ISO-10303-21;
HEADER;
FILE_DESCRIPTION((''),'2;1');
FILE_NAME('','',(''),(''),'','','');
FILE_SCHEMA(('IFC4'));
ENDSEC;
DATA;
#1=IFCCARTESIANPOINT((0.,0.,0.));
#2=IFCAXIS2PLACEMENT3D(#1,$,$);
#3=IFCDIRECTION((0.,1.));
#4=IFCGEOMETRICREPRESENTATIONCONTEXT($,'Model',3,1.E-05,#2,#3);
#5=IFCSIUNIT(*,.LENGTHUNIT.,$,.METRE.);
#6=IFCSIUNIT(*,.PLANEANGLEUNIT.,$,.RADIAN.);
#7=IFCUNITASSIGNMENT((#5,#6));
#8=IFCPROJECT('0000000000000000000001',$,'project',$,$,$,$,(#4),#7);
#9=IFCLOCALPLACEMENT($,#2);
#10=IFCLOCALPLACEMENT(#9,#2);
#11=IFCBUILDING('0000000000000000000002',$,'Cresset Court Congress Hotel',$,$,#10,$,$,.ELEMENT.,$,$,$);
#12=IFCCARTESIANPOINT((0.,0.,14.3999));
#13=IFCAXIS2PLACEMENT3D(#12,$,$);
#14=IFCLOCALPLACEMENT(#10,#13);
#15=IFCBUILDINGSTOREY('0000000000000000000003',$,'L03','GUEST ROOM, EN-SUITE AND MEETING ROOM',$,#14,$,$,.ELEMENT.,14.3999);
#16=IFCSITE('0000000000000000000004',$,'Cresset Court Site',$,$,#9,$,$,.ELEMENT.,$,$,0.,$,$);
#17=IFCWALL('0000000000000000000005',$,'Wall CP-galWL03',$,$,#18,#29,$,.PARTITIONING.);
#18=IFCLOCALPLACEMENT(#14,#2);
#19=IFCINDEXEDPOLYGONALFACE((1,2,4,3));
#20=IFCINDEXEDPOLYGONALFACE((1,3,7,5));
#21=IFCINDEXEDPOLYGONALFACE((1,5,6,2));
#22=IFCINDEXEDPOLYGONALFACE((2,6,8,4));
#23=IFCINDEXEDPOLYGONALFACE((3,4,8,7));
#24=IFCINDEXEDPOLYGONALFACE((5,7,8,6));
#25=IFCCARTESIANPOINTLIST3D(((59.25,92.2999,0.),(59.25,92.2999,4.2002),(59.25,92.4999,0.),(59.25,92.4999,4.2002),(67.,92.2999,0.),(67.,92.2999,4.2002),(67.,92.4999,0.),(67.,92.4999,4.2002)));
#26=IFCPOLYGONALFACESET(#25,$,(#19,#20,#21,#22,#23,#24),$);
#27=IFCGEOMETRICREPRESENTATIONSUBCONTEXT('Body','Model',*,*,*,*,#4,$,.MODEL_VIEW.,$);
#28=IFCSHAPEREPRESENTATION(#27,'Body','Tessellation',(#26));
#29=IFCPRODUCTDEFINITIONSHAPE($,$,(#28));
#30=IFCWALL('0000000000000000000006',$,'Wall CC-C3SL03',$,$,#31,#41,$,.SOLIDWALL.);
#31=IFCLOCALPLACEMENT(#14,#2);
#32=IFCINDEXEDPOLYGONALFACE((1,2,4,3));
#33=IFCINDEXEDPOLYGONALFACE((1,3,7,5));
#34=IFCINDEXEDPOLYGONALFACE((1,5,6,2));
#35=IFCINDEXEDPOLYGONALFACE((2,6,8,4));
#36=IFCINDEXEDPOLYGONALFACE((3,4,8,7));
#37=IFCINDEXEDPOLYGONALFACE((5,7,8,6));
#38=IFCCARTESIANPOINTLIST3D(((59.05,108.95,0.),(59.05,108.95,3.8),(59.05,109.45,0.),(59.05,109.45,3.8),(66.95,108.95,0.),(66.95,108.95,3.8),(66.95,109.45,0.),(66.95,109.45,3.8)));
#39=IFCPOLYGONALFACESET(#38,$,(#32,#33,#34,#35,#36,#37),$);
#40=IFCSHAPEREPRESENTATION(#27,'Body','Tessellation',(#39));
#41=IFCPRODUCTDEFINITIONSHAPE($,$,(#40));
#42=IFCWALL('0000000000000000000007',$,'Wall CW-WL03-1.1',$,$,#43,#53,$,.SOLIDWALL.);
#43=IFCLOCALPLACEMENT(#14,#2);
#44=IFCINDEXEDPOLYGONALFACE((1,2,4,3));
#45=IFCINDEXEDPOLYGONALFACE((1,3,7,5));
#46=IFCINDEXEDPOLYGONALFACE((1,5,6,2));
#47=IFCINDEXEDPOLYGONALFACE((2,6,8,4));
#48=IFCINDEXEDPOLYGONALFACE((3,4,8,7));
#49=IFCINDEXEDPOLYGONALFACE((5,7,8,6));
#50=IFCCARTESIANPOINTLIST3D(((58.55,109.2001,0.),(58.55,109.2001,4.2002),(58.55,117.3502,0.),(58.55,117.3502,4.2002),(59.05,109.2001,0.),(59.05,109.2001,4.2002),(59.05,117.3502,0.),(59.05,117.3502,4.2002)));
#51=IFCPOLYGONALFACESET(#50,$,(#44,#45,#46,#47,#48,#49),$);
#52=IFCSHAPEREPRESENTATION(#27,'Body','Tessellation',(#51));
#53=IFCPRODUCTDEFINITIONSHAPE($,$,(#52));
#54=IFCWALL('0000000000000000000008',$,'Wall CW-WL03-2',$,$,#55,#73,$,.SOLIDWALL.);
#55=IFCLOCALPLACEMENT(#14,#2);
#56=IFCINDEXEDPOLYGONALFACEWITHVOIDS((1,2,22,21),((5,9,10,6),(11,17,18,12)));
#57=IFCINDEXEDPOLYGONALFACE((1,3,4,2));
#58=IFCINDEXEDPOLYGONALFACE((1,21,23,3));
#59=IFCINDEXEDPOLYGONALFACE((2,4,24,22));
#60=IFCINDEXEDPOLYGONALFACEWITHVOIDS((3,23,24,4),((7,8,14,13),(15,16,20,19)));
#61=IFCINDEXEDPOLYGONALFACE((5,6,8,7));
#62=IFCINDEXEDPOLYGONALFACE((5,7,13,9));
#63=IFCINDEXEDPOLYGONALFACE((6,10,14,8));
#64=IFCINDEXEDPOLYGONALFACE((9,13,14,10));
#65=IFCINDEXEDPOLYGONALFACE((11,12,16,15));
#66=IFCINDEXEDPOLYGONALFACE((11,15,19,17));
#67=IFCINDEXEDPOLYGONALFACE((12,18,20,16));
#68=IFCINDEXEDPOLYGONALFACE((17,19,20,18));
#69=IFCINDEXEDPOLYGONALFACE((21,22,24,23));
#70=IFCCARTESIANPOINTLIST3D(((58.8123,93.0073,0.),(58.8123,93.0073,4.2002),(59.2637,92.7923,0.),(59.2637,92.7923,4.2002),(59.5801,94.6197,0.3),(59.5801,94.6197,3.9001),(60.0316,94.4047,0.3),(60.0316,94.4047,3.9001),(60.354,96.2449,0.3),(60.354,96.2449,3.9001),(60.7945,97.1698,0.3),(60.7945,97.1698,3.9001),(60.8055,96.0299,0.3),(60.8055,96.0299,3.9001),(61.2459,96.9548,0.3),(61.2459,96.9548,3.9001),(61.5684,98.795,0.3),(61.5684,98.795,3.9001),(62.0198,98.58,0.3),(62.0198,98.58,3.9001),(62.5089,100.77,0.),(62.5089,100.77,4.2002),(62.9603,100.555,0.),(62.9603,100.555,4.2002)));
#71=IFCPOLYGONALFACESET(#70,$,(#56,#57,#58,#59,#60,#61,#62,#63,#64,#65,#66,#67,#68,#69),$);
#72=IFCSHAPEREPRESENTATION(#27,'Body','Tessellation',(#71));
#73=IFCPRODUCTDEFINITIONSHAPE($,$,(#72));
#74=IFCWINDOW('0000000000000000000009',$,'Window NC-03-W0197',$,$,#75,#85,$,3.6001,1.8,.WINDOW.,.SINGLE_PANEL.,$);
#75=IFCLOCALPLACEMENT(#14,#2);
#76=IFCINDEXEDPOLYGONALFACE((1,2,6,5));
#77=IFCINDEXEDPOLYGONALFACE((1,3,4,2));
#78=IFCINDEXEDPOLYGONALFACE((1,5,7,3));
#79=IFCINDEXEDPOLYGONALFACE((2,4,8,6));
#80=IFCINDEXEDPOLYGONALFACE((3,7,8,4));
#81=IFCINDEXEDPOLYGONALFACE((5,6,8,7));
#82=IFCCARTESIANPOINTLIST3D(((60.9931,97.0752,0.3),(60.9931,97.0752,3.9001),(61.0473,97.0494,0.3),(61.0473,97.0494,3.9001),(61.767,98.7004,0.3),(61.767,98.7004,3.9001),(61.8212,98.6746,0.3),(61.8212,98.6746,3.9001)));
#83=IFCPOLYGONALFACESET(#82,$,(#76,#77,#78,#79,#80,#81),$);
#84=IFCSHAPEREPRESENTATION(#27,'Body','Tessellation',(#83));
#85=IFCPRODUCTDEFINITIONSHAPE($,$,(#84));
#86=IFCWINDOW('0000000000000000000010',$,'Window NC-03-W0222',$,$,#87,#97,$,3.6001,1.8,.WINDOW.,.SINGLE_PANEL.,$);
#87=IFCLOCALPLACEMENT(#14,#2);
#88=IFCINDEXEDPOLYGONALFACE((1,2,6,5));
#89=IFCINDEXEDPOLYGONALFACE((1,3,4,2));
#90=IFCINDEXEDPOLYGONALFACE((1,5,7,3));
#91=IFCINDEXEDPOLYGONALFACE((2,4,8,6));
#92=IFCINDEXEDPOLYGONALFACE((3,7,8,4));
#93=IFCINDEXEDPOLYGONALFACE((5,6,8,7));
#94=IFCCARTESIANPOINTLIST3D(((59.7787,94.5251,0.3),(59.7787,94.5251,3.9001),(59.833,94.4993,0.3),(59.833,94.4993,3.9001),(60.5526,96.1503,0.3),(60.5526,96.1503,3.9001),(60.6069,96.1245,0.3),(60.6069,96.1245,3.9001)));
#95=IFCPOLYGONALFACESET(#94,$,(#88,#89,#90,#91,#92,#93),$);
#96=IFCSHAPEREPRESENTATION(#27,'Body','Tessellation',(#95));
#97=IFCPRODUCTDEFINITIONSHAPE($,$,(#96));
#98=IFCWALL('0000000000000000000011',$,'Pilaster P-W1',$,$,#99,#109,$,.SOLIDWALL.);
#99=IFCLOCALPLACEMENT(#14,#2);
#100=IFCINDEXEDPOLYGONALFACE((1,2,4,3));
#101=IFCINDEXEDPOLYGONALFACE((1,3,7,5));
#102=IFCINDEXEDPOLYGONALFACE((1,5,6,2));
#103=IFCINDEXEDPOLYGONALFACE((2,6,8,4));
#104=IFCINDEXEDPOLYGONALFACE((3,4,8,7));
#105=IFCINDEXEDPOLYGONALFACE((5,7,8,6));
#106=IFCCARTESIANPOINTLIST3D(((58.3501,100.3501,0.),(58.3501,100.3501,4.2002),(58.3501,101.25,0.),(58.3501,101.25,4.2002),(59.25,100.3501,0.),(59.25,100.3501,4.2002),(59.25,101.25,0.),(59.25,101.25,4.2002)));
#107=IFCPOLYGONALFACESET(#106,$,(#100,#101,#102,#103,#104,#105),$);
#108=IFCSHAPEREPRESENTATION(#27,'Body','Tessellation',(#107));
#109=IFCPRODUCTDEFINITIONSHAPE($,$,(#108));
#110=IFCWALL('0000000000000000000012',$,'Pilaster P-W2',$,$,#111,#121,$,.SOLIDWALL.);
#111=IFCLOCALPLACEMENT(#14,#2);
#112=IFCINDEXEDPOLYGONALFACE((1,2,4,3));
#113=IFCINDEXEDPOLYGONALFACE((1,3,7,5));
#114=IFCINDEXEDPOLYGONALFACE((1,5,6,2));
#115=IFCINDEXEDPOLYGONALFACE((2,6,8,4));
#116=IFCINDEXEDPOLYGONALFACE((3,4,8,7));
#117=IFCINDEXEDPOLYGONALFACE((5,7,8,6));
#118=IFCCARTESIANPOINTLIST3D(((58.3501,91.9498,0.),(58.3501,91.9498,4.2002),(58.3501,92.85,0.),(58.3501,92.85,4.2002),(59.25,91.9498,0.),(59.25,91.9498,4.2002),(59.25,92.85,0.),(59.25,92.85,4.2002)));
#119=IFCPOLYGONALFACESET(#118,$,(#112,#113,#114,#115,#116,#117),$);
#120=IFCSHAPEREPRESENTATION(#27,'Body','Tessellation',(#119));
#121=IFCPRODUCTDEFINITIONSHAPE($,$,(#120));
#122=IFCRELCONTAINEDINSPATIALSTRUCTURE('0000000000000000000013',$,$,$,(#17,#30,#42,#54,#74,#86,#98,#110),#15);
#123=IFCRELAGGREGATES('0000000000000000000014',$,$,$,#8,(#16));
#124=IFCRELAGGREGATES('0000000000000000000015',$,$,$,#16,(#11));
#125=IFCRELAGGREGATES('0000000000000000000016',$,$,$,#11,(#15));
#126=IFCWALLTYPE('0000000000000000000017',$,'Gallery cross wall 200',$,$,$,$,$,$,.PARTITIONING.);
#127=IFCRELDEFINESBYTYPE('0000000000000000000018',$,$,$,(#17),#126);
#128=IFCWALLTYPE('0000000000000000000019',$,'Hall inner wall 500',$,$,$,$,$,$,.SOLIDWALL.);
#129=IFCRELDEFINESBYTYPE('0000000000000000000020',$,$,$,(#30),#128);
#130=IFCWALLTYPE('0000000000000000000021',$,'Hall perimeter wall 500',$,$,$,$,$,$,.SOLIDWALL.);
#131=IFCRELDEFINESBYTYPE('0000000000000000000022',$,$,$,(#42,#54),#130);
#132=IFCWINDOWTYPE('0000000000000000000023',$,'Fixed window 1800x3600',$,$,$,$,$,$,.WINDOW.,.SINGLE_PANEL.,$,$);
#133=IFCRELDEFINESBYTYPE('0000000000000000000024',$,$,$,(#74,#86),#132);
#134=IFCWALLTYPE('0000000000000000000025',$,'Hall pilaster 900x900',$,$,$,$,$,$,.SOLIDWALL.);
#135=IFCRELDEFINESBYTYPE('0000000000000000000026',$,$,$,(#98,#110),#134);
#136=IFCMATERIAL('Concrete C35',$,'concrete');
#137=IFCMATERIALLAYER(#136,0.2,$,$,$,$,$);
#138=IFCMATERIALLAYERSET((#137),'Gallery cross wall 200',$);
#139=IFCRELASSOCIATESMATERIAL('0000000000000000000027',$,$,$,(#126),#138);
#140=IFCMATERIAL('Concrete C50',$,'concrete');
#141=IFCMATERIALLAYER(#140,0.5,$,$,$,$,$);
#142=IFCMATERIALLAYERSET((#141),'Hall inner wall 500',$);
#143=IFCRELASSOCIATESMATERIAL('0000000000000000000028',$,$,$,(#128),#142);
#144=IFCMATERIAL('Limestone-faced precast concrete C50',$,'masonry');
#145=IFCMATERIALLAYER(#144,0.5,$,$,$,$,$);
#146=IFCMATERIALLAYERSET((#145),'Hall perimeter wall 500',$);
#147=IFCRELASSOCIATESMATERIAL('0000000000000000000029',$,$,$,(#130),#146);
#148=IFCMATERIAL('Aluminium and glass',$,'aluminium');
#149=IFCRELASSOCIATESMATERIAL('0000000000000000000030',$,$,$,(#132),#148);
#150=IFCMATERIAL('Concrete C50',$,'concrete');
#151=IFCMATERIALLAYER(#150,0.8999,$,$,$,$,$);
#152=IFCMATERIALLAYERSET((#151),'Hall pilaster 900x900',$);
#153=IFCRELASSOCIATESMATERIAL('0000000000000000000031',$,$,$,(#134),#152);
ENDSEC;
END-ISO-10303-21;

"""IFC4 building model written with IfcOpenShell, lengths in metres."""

from ifc_helpers import new_model, si_unit, direction, frame, frame_2d, origin, place, context, subcontext, project, spatial, rectangle, extrude, material, layer, layer_set, type_object, element, fill, save


model = new_model("IFC4")

# Units and contexts
model_context = context("Model", 3, precision=1e-05, world=origin(), true_north=direction((0.0, 1.0)))
body_context = subcontext(model_context, "Body", "Model", "MODEL_VIEW")
ifc_project = project(units=[si_unit("LENGTHUNIT", "METRE"), si_unit("PLANEANGLEUNIT", "RADIAN")], contexts=[model_context])

# Site, building, storey
site_placement = place(None, origin())
site = spatial("IfcSite", under=ifc_project, at=site_placement, Name="Cresset Court Site", CompositionType="ELEMENT", RefElevation=0.0)
building_placement = place(site_placement, origin())
building = spatial("IfcBuilding", under=site, at=building_placement, Name="Cresset Court Congress Hotel", CompositionType="ELEMENT")
storey_placement = place(building_placement, frame((0.0, 0.0, 14.3999)))
storey = spatial("IfcBuildingStorey", under=building, at=storey_placement, Name="L03", Description="GUEST ROOM, EN-SUITE AND MEETING ROOM", CompositionType="ELEMENT", Elevation=14.3999)

# Walls
ifc_material_1 = material(Name="Concrete C35", Category="concrete")
ifc_layer_1 = layer(ifc_material_1, 0.2)
ifc_layer_set_1 = layer_set([ifc_layer_1], Name="Gallery cross wall 200")
wall_type_1 = type_object("IfcWallType", Name="Gallery cross wall 200", PredefinedType="PARTITIONING", material=ifc_layer_set_1)
wall_1_placement = place(storey_placement, frame((59.25, 92.3999, 0.0), z_axis=(0.0, 0.0, 1.0), x_axis=(1.0, 0.0, 0.0)))
element("IfcWall", 1, at=wall_1_placement, inside=storey, type_object=wall_type_1, Name="Wall CP-galWL03", PredefinedType="PARTITIONING", context=body_context, shape_type="SweptSolid", body=[
    extrude(rectangle(XDim=7.75, YDim=0.2, at=frame_2d((3.875, 0.0))), origin(), (0.0, 0.0, 1.0), 4.2002),
])
ifc_material_2 = material(Name="Concrete C50", Category="concrete")
ifc_layer_2 = layer(ifc_material_2, 0.5)
ifc_layer_set_2 = layer_set([ifc_layer_2], Name="Hall inner wall 500")
wall_type_2 = type_object("IfcWallType", Name="Hall inner wall 500", PredefinedType="SOLIDWALL", material=ifc_layer_set_2)
wall_2_placement = place(storey_placement, frame((59.05, 109.2, 0.0), z_axis=(0.0, 0.0, 1.0), x_axis=(1.0, 0.0, 0.0)))
element("IfcWall", 2, at=wall_2_placement, inside=storey, type_object=wall_type_2, Name="Wall CC-C3SL03", PredefinedType="SOLIDWALL", context=body_context, shape_type="SweptSolid", body=[
    extrude(rectangle(XDim=7.8999, YDim=0.5, at=frame_2d((3.95, 0.0))), origin(), (0.0, 0.0, 1.0), 3.8),
])
ifc_material_3 = material(Name="Limestone-faced precast concrete C50", Category="masonry")
ifc_layer_3 = layer(ifc_material_3, 0.5)
ifc_layer_set_3 = layer_set([ifc_layer_3], Name="Hall perimeter wall 500")
wall_type_3 = type_object("IfcWallType", Name="Hall perimeter wall 500", PredefinedType="SOLIDWALL", material=ifc_layer_set_3)
wall_3_placement = place(storey_placement, frame((58.8, 109.2, 0.0), z_axis=(0.0, 0.0, 1.0), x_axis=(0.0, 1.0, 0.0)))
element("IfcWall", 3, at=wall_3_placement, inside=storey, type_object=wall_type_3, Name="Wall CW-WL03-1.1", PredefinedType="SOLIDWALL", context=body_context, shape_type="SweptSolid", body=[
    extrude(rectangle(XDim=8.1501, YDim=0.5, at=frame_2d((4.0752, 0.0))), origin(), (0.0, 0.0, 1.0), 4.2002),
])

# Wall, openings, windows
wall_4_placement = place(storey_placement, frame((59.0381, 92.8999, 0.0), z_axis=(0.0, 0.0, 1.0), x_axis=(0.429935, 0.90286, 0.0)))
wall_4 = element("IfcWall", 4, at=wall_4_placement, inside=storey, type_object=wall_type_3, Name="Wall CW-WL03-2", PredefinedType="SOLIDWALL", context=body_context, shape_type="SweptSolid", body=[
    extrude(rectangle(XDim=8.5979, YDim=0.5, at=frame_2d((4.2988, 0.0))), origin(), (0.0, 0.0, 1.0), 4.2002),
])
opening_1_placement = place(wall_4_placement, frame((4.6104, 0.0, 0.3)))
opening_1 = element("IfcOpeningElement", 5, at=opening_1_placement, cuts=wall_4, PredefinedType="OPENING", context=body_context, shape_type="SweptSolid", body=[
    extrude(rectangle(XDim=1.8, YDim=3.6001, at=frame_2d((0.8999, 1.8))), frame((0.0, 0.26, 0.0), z_axis=(0.0, -1.0, 0.0), x_axis=(1.0, 0.0, 0.0)), (0.0, 0.0, 1.0), 0.52),
])
opening_2_placement = place(wall_4_placement, frame((1.7859, 0.0, 0.3)))
opening_2 = element("IfcOpeningElement", 6, at=opening_2_placement, cuts=wall_4, PredefinedType="OPENING", context=body_context, shape_type="SweptSolid", body=[
    extrude(rectangle(XDim=1.8, YDim=3.6001, at=frame_2d((0.8999, 1.8))), frame((0.0, 0.26, 0.0), z_axis=(0.0, -1.0, 0.0), x_axis=(1.0, 0.0, 0.0)), (0.0, 0.0, 1.0), 0.52),
])
ifc_material_4 = material(Name="Aluminium and glass", Category="aluminium")
window_type = type_object("IfcWindowType", Name="Fixed window 1800x3600", PartitioningType="SINGLE_PANEL", PredefinedType="WINDOW", material=ifc_material_4)
window_1_placement = place(opening_1_placement, origin())
window_1 = element("IfcWindow", 7, at=window_1_placement, inside=storey, type_object=window_type, Name="Window NC-03-W0197", OverallHeight=3.6001, OverallWidth=1.8, PartitioningType="SINGLE_PANEL", PredefinedType="WINDOW", context=body_context, shape_type="SweptSolid", body=[
    extrude(rectangle(XDim=1.8, YDim=3.6001, at=frame_2d((0.8999, 1.8))), frame((0.0, 0.03, 0.0), z_axis=(0.0, -1.0, 0.0), x_axis=(1.0, 0.0, 0.0)), (0.0, 0.0, 1.0), 0.0601),
])
fill(opening_1, window_1)
window_2_placement = place(opening_2_placement, origin())
window_2 = element("IfcWindow", 8, at=window_2_placement, inside=storey, type_object=window_type, Name="Window NC-03-W0222", OverallHeight=3.6001, OverallWidth=1.8, PartitioningType="SINGLE_PANEL", PredefinedType="WINDOW", context=body_context, shape_type="SweptSolid", body=[
    extrude(rectangle(XDim=1.8, YDim=3.6001, at=frame_2d((0.8999, 1.8))), frame((0.0, 0.03, 0.0), z_axis=(0.0, -1.0, 0.0), x_axis=(1.0, 0.0, 0.0)), (0.0, 0.0, 1.0), 0.0601),
])
fill(opening_2, window_2)

# Walls
ifc_material_5 = material(Name="Concrete C50", Category="concrete")
ifc_layer_4 = layer(ifc_material_5, 0.8999)
ifc_layer_set_4 = layer_set([ifc_layer_4], Name="Hall pilaster 900x900")
wall_type_4 = type_object("IfcWallType", Name="Hall pilaster 900x900", PredefinedType="SOLIDWALL", material=ifc_layer_set_4)
wall_5_placement = place(storey_placement, frame((58.8, 101.25, 0.0), z_axis=(0.0, 0.0, 1.0), x_axis=(0.0, -1.0, 0.0)))
element("IfcWall", 9, at=wall_5_placement, inside=storey, type_object=wall_type_4, Name="Pilaster P-W1", PredefinedType="SOLIDWALL", context=body_context, shape_type="SweptSolid", body=[
    extrude(rectangle(XDim=0.8999, YDim=0.8999, at=frame_2d((0.45, 0.0))), origin(), (0.0, 0.0, 1.0), 4.2002),
])
wall_6_placement = place(storey_placement, frame((58.8, 92.8501, 0.0), z_axis=(0.0, 0.0, 1.0), x_axis=(0.0, -1.0, 0.0)))
element("IfcWall", 10, at=wall_6_placement, inside=storey, type_object=wall_type_4, Name="Pilaster P-W2", PredefinedType="SOLIDWALL", context=body_context, shape_type="SweptSolid", body=[
    extrude(rectangle(XDim=0.9001, YDim=0.8999, at=frame_2d((0.4502, 0.0))), origin(), (0.0, 0.0, 1.0), 4.2002),
])

save(model, "model.ifc")
